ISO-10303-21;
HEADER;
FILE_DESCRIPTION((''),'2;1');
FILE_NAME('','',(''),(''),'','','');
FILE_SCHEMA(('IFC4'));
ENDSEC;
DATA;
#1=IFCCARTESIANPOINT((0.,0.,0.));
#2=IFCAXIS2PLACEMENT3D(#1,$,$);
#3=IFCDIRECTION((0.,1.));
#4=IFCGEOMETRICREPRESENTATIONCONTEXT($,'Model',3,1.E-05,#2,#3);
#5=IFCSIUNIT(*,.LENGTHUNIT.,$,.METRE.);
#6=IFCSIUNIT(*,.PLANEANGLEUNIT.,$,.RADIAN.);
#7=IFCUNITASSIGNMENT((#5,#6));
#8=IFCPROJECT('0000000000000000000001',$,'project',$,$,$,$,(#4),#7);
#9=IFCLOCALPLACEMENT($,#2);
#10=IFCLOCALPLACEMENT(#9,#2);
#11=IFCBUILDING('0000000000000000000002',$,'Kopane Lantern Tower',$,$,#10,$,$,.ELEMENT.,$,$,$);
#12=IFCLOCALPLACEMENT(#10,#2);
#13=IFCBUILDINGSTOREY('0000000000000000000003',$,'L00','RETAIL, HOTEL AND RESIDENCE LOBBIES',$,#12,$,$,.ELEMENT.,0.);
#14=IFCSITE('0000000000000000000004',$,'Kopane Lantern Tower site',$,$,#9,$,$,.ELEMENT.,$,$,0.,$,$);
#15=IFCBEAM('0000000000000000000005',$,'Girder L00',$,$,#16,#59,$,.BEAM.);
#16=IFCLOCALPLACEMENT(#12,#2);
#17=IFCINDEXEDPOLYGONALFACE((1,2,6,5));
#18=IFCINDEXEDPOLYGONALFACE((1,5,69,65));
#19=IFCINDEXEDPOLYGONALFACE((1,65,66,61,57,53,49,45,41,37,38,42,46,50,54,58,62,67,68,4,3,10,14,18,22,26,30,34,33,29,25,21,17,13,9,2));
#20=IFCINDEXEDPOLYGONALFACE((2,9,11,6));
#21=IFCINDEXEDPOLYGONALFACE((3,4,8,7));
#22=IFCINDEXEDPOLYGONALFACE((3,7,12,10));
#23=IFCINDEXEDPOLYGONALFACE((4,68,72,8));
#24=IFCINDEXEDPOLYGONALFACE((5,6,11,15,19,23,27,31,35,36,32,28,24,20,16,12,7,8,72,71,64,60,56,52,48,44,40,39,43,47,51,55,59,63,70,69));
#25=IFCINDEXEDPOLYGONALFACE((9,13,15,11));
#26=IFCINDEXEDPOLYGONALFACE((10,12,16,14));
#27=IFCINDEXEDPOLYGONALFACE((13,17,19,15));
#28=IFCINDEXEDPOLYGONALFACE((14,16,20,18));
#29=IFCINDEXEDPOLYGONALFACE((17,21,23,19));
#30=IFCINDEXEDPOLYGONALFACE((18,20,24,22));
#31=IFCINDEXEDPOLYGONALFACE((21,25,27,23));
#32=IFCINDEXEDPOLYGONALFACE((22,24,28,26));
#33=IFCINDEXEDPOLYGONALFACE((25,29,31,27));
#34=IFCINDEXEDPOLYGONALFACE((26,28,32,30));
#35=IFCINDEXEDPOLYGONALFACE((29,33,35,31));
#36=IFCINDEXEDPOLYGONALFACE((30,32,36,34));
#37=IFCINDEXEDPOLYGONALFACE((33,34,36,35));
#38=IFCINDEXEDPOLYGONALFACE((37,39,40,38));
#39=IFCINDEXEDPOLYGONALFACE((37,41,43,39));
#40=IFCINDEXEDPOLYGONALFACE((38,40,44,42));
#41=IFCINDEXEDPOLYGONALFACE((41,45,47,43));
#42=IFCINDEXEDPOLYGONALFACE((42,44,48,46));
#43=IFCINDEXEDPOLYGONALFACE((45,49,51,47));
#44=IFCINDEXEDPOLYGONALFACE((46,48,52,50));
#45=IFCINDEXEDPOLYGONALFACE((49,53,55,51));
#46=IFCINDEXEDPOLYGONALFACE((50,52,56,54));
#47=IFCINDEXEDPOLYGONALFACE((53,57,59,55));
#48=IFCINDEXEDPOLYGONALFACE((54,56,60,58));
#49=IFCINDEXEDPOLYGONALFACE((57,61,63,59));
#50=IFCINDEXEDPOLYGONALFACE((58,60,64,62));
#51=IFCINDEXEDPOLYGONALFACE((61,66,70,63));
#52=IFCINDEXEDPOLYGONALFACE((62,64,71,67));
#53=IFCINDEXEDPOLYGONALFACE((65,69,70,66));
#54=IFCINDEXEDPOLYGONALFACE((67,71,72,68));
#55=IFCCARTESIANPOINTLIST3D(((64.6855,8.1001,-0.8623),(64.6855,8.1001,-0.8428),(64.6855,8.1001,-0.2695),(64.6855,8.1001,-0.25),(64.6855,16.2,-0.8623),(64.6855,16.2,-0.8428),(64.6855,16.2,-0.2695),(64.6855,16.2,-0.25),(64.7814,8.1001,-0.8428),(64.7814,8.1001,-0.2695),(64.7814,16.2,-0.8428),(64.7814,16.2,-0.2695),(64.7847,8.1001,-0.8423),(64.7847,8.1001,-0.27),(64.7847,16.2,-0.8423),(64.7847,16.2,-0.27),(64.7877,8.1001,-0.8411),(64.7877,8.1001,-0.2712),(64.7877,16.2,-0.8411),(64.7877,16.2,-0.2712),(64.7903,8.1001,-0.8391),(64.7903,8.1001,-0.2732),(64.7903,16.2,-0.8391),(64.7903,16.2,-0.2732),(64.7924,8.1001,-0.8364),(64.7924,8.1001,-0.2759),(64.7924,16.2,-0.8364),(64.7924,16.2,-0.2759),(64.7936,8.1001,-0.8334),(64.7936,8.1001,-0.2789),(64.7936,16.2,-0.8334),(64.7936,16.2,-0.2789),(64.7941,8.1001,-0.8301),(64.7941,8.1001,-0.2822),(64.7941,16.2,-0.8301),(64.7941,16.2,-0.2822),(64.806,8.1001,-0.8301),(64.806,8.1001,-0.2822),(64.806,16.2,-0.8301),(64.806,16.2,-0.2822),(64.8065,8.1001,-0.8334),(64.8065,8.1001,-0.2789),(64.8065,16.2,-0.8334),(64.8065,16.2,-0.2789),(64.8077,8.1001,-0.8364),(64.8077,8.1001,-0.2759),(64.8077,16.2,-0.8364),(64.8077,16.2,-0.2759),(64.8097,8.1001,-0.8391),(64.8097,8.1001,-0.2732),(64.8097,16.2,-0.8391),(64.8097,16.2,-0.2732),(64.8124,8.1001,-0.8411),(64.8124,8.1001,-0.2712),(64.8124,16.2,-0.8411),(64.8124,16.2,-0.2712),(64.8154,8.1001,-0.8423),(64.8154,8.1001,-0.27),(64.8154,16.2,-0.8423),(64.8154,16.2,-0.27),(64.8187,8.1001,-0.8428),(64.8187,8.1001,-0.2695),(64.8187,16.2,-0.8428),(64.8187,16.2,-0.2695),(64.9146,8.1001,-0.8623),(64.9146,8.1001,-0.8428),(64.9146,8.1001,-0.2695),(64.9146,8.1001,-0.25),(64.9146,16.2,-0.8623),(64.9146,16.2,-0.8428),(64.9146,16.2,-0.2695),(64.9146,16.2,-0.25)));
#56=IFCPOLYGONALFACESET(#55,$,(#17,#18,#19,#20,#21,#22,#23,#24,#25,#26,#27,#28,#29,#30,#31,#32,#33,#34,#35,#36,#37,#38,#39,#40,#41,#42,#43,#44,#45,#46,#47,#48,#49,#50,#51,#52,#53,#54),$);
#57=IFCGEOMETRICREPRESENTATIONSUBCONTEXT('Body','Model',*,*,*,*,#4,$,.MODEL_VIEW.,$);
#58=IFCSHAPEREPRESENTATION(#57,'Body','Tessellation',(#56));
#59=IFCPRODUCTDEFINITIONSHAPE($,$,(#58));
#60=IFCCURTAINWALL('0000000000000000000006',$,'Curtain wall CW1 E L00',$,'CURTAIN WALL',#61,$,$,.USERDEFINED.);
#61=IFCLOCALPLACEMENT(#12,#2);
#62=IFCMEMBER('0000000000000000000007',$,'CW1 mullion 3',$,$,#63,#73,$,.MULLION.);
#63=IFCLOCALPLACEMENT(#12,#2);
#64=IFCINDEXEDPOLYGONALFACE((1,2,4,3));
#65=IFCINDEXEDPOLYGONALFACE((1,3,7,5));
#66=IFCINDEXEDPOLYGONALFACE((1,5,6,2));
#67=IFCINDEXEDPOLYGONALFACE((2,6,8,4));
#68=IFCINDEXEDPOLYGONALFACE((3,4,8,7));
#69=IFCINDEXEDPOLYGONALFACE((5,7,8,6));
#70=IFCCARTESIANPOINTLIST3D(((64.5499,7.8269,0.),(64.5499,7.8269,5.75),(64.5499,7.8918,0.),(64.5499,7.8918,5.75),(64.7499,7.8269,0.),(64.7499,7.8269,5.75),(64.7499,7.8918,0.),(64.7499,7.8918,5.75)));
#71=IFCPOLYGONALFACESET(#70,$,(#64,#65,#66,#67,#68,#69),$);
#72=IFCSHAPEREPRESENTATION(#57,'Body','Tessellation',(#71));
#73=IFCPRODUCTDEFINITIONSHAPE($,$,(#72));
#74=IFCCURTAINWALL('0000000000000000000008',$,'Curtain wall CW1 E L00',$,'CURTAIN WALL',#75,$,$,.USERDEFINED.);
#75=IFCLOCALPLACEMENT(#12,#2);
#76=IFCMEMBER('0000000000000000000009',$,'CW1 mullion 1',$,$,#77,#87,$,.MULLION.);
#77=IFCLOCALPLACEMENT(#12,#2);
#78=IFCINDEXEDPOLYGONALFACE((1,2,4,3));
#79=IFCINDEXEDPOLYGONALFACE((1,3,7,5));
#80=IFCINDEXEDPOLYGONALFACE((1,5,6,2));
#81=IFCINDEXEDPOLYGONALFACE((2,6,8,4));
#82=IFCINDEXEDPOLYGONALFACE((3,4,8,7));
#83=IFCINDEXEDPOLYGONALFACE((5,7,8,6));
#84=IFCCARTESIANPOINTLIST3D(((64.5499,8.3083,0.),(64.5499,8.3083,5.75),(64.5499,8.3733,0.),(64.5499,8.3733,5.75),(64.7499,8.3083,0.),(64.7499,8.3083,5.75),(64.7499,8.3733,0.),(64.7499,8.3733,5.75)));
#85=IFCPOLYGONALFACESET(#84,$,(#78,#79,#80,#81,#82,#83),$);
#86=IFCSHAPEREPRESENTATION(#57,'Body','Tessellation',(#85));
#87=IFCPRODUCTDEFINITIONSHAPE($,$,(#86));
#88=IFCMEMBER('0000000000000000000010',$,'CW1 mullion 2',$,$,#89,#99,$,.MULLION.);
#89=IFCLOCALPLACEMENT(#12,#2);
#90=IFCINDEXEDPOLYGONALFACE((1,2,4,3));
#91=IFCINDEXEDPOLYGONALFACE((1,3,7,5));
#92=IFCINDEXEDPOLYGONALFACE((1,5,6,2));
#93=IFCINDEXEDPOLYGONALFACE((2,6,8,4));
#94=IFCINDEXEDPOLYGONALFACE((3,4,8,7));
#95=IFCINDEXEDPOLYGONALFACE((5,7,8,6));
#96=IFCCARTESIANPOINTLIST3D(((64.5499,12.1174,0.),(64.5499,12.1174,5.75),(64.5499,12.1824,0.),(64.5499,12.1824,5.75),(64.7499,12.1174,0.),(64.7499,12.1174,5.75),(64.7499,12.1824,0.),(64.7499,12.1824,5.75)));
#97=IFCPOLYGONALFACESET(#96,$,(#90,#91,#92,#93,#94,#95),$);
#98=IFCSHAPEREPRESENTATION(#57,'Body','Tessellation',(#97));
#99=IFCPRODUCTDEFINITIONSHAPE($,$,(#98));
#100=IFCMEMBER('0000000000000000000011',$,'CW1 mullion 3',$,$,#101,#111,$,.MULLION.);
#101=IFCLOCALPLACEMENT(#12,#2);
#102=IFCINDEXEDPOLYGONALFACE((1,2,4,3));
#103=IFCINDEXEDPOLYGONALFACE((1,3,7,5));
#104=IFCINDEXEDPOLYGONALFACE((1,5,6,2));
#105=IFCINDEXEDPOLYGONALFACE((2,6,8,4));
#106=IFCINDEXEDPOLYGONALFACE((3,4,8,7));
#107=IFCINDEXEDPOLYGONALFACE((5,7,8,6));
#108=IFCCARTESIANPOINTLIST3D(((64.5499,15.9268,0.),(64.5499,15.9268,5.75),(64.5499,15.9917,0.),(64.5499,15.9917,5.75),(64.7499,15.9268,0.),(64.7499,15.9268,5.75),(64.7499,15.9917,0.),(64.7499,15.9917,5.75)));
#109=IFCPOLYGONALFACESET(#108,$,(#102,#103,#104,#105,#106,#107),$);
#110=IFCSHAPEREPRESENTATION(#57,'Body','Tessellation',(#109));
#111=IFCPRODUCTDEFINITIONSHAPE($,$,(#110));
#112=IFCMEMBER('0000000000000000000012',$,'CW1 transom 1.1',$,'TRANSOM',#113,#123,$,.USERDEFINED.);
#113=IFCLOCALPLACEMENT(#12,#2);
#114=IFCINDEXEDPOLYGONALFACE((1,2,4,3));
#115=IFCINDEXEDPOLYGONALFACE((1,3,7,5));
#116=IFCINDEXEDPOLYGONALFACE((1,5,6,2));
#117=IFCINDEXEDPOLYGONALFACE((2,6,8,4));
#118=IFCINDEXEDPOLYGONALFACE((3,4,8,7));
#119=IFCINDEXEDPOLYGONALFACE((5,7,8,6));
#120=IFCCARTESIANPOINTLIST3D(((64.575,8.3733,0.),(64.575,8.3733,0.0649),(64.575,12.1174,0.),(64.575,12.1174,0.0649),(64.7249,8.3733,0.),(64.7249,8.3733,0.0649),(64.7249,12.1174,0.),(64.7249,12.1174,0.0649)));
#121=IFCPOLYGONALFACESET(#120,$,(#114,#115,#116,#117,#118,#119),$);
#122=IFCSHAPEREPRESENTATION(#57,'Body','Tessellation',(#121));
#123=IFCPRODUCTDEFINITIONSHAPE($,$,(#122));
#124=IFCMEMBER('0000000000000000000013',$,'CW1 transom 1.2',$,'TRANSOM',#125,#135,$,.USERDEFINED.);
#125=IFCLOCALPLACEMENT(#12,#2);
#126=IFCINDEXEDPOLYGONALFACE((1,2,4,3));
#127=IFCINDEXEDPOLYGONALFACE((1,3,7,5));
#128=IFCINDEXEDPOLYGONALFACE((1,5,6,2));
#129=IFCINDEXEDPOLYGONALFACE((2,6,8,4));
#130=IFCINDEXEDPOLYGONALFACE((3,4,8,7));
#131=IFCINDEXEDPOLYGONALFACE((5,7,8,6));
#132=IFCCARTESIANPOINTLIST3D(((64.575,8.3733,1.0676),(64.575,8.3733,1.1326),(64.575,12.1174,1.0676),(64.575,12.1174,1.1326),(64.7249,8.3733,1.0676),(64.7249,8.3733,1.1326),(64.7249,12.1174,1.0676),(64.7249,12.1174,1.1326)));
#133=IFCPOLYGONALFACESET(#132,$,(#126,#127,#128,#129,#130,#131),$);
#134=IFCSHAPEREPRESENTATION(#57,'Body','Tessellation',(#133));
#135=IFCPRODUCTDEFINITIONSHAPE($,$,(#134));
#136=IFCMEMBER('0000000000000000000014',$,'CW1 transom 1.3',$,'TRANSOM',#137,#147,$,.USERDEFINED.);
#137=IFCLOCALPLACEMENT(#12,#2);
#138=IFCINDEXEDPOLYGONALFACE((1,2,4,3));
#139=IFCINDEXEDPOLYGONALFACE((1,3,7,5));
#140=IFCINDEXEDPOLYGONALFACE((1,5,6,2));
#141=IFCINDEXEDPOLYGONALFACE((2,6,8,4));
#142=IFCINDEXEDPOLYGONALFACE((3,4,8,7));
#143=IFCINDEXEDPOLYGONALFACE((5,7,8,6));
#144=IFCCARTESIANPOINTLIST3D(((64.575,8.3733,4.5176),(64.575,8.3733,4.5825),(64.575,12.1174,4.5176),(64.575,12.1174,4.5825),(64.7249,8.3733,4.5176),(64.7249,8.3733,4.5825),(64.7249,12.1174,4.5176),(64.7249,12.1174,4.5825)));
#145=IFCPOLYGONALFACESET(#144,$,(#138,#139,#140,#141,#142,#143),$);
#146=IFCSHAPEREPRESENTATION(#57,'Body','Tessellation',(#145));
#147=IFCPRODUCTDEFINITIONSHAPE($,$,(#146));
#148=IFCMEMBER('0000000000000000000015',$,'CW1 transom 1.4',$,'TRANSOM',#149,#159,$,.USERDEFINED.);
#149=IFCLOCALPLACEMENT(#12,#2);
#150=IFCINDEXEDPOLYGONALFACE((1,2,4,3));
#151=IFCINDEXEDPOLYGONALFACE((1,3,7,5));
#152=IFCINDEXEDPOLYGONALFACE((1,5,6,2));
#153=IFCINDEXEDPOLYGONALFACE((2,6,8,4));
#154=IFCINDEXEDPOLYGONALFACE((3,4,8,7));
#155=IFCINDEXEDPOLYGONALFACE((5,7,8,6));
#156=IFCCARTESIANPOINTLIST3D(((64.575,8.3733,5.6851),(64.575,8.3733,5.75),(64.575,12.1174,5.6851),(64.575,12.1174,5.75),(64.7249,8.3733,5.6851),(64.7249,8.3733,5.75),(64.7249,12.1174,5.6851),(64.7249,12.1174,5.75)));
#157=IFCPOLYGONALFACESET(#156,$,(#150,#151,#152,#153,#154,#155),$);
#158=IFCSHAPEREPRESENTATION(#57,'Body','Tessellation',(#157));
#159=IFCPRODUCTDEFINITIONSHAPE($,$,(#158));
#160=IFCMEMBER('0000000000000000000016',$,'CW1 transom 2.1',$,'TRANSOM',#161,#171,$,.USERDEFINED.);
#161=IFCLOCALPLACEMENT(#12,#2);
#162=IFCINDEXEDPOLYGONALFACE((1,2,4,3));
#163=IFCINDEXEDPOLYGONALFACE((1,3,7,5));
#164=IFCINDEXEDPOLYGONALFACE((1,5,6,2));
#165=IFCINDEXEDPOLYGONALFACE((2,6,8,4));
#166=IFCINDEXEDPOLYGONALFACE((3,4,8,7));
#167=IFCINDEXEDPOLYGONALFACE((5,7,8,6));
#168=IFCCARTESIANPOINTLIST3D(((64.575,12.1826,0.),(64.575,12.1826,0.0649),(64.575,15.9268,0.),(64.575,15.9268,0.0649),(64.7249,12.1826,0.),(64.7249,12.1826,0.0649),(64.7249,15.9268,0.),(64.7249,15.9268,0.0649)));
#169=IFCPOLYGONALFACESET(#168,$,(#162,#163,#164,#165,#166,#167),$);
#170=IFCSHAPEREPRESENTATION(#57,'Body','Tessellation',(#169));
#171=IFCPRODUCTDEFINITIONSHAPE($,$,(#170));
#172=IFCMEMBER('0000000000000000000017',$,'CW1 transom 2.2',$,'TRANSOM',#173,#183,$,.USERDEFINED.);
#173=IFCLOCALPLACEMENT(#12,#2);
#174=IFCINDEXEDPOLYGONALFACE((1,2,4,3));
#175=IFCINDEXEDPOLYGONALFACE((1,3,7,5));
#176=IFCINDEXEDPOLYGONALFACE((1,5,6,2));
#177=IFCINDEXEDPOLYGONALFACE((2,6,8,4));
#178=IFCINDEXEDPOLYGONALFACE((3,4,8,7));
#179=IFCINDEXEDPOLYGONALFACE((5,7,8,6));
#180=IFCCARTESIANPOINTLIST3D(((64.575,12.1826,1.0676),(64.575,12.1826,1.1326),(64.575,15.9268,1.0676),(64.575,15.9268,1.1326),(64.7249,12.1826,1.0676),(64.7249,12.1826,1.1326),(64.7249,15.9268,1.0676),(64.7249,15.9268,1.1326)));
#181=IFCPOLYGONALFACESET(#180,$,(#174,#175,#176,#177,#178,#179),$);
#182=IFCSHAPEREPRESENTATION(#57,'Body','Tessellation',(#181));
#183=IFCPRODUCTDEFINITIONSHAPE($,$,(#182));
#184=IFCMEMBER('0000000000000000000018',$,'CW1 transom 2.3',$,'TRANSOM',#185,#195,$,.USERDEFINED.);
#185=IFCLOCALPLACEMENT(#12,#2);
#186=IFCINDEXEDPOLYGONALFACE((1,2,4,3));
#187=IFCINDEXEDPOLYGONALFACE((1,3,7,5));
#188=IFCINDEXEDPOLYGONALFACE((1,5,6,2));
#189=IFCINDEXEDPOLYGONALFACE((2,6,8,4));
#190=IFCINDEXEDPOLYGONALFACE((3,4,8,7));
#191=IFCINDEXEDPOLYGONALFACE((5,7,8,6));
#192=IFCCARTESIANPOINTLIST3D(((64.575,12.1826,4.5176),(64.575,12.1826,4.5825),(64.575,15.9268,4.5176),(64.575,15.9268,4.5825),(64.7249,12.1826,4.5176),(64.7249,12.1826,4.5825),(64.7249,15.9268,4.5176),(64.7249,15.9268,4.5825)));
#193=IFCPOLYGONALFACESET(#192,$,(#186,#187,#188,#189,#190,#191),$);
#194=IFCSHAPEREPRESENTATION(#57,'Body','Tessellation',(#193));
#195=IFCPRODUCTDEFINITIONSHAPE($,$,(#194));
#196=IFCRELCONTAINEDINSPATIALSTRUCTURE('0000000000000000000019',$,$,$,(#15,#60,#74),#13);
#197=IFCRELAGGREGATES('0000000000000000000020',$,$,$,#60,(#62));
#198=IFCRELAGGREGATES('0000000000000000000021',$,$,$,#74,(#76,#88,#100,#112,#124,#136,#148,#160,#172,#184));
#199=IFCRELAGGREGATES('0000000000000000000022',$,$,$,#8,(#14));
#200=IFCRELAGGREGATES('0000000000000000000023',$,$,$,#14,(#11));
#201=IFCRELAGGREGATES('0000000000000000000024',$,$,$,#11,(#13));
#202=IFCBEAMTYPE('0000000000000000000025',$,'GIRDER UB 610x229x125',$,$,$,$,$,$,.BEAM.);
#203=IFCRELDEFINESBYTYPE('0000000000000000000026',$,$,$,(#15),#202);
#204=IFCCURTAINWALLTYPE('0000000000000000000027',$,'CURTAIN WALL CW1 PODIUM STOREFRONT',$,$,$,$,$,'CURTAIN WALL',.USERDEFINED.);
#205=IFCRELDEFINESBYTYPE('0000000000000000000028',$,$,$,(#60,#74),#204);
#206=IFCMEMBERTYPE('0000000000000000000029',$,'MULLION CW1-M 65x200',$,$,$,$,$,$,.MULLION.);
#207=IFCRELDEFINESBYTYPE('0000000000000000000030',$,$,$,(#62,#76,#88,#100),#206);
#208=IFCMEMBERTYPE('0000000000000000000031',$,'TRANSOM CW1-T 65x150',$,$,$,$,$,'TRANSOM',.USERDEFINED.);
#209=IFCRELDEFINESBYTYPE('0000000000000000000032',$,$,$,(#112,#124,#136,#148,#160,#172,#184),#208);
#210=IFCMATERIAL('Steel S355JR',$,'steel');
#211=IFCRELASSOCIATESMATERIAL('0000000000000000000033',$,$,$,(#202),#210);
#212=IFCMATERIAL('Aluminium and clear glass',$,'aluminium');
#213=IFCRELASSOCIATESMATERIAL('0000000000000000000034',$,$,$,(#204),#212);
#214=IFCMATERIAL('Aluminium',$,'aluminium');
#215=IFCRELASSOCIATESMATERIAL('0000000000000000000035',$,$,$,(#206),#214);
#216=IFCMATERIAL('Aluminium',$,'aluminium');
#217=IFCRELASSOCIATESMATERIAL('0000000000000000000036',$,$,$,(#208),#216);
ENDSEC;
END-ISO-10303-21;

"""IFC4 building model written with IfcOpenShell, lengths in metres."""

from ifc_helpers import new_model, si_unit, direction, frame, origin, origin_2d, place, context, subcontext, project, spatial, rectangle, i_section, extrude, material, material_profile, profile_set, type_object, element, aggregate, save


model = new_model("IFC4")

# Units and contexts
model_context = context("Model", 3, precision=1e-05, world=origin(), true_north=direction((0.0, 1.0)))
body_context = subcontext(model_context, "Body", "Model", "MODEL_VIEW")
ifc_project = project(units=[si_unit("LENGTHUNIT", "METRE"), si_unit("PLANEANGLEUNIT", "RADIAN")], contexts=[model_context])

# Site, building, storey
site_placement = place(None, origin())
site = spatial("IfcSite", under=ifc_project, at=site_placement, Name="Kopane Lantern Tower site", CompositionType="ELEMENT", RefElevation=0.0)
building_placement = place(site_placement, origin())
building = spatial("IfcBuilding", under=site, at=building_placement, Name="Kopane Lantern Tower", CompositionType="ELEMENT")
storey_placement = place(building_placement, origin())
storey = spatial("IfcBuildingStorey", under=building, at=storey_placement, Name="L00", Description="RETAIL, HOTEL AND RESIDENCE LOBBIES", CompositionType="ELEMENT", Elevation=0.0)

# Beam
ifc_material_1 = material(Name="Steel S355JR", Category="steel")
ifc_material_profile_1 = material_profile(ifc_material_1, i_section(OverallWidth=0.229, OverallDepth=0.6123, WebThickness=0.012, FlangeThickness=0.0195, FilletRadius=0.0127, at=origin_2d()), Name="UB 610x229x125")
ifc_profile_set_1 = profile_set([ifc_material_profile_1], Name="Steel S355JR")
beam_type = type_object("IfcBeamType", Name="GIRDER UB 610x229x125", PredefinedType="BEAM", material=ifc_profile_set_1)
beam_1_placement = place(storey_placement, frame((64.8, 8.1001, -0.5562), z_axis=(0.0, 1.0, 0.0), x_axis=(-1.0, 0.0, 0.0)))
element("IfcBeam", 1, at=beam_1_placement, inside=storey, type_object=beam_type, Name="Girder L00", PredefinedType="BEAM", context=body_context, shape_type="SweptSolid", body=[
    extrude(i_section(OverallWidth=0.229, OverallDepth=0.6123, WebThickness=0.012, FlangeThickness=0.0195, FilletRadius=0.0127, at=origin_2d()), origin(), (0.0, 0.0, 1.0), 8.0999),
])

# Curtain wall, member
ifc_material_2 = material(Name="Aluminium and clear glass", Category="aluminium")
curtain_wall_type = type_object("IfcCurtainWallType", Name="CURTAIN WALL CW1 PODIUM STOREFRONT", ElementType="CURTAIN WALL", PredefinedType="USERDEFINED", material=ifc_material_2)
curtain_wall_1_placement = place(storey_placement, origin())
curtain_wall_1 = element("IfcCurtainWall", 2, at=curtain_wall_1_placement, inside=storey, type_object=curtain_wall_type, Name="Curtain wall CW1 E L00", ObjectType="CURTAIN WALL", PredefinedType="USERDEFINED")
ifc_material_3 = material(Name="Aluminium", Category="aluminium")
ifc_material_profile_2 = material_profile(ifc_material_3, rectangle(XDim=0.0649, YDim=0.2, at=origin_2d()), Name="AL 65x200")
ifc_profile_set_2 = profile_set([ifc_material_profile_2], Name="Aluminium")
member_type_1 = type_object("IfcMemberType", Name="MULLION CW1-M 65x200", PredefinedType="MULLION", material=ifc_profile_set_2)
member_1_placement = place(storey_placement, frame((64.6499, 7.8594, 0.0), z_axis=(0.0, 0.0, 1.0), x_axis=(0.0, 1.0, 0.0)))
member_1 = element("IfcMember", 3, at=member_1_placement, type_object=member_type_1, Name="CW1 mullion 3", PredefinedType="MULLION", context=body_context, shape_type="SweptSolid", body=[
    extrude(rectangle(XDim=0.0649, YDim=0.2, at=origin_2d()), origin(), (0.0, 0.0, 1.0), 5.75),
])

# Curtain wall, members
curtain_wall_2_placement = place(storey_placement, origin())
curtain_wall_2 = element("IfcCurtainWall", 4, at=curtain_wall_2_placement, inside=storey, type_object=curtain_wall_type, Name="Curtain wall CW1 E L00", ObjectType="CURTAIN WALL", PredefinedType="USERDEFINED")
member_2_placement = place(storey_placement, frame((64.6499, 8.3408, 0.0), z_axis=(0.0, 0.0, 1.0), x_axis=(0.0, 1.0, 0.0)))
member_2 = element("IfcMember", 5, at=member_2_placement, type_object=member_type_1, Name="CW1 mullion 1", PredefinedType="MULLION", context=body_context, shape_type="SweptSolid", body=[
    extrude(rectangle(XDim=0.0649, YDim=0.2, at=origin_2d()), origin(), (0.0, 0.0, 1.0), 5.75),
])
member_3_placement = place(storey_placement, frame((64.6499, 12.1499, 0.0), z_axis=(0.0, 0.0, 1.0), x_axis=(0.0, 1.0, 0.0)))
member_3 = element("IfcMember", 6, at=member_3_placement, type_object=member_type_1, Name="CW1 mullion 2", PredefinedType="MULLION", context=body_context, shape_type="SweptSolid", body=[
    extrude(rectangle(XDim=0.0649, YDim=0.2, at=origin_2d()), origin(), (0.0, 0.0, 1.0), 5.75),
])
member_4_placement = place(storey_placement, frame((64.6499, 15.9592, 0.0), z_axis=(0.0, 0.0, 1.0), x_axis=(0.0, 1.0, 0.0)))
member_4 = element("IfcMember", 7, at=member_4_placement, type_object=member_type_1, Name="CW1 mullion 3", PredefinedType="MULLION", context=body_context, shape_type="SweptSolid", body=[
    extrude(rectangle(XDim=0.0649, YDim=0.2, at=origin_2d()), origin(), (0.0, 0.0, 1.0), 5.75),
])
ifc_material_4 = material(Name="Aluminium", Category="aluminium")
ifc_material_profile_3 = material_profile(ifc_material_4, rectangle(XDim=0.1499, YDim=0.0649, at=origin_2d()), Name="AL 150x65")
ifc_profile_set_3 = profile_set([ifc_material_profile_3], Name="Aluminium")
member_type_2 = type_object("IfcMemberType", Name="TRANSOM CW1-T 65x150", ElementType="TRANSOM", PredefinedType="USERDEFINED", material=ifc_profile_set_3)
member_5_placement = place(storey_placement, frame((64.6499, 8.3733, 0.0325), z_axis=(0.0, 1.0, 0.0), x_axis=(-1.0, 0.0, 0.0)))
member_5 = element("IfcMember", 8, at=member_5_placement, type_object=member_type_2, Name="CW1 transom 1.1", ObjectType="TRANSOM", PredefinedType="USERDEFINED", context=body_context, shape_type="SweptSolid", body=[
    extrude(rectangle(XDim=0.1499, YDim=0.0649, at=origin_2d()), origin(), (0.0, 0.0, 1.0), 3.7441),
])
member_6_placement = place(storey_placement, frame((64.6499, 8.3733, 1.1001), z_axis=(0.0, 1.0, 0.0), x_axis=(-1.0, 0.0, 0.0)))
member_6 = element("IfcMember", 9, at=member_6_placement, type_object=member_type_2, Name="CW1 transom 1.2", ObjectType="TRANSOM", PredefinedType="USERDEFINED", context=body_context, shape_type="SweptSolid", body=[
    extrude(rectangle(XDim=0.1499, YDim=0.0649, at=origin_2d()), origin(), (0.0, 0.0, 1.0), 3.7441),
])
member_7_placement = place(storey_placement, frame((64.6499, 8.3733, 4.55), z_axis=(0.0, 1.0, 0.0), x_axis=(-1.0, 0.0, 0.0)))
member_7 = element("IfcMember", 10, at=member_7_placement, type_object=member_type_2, Name="CW1 transom 1.3", ObjectType="TRANSOM", PredefinedType="USERDEFINED", context=body_context, shape_type="SweptSolid", body=[
    extrude(rectangle(XDim=0.1499, YDim=0.0649, at=origin_2d()), origin(), (0.0, 0.0, 1.0), 3.7441),
])
member_8_placement = place(storey_placement, frame((64.6499, 8.3733, 5.7175), z_axis=(0.0, 1.0, 0.0), x_axis=(-1.0, 0.0, 0.0)))
member_8 = element("IfcMember", 11, at=member_8_placement, type_object=member_type_2, Name="CW1 transom 1.4", ObjectType="TRANSOM", PredefinedType="USERDEFINED", context=body_context, shape_type="SweptSolid", body=[
    extrude(rectangle(XDim=0.1499, YDim=0.0649, at=origin_2d()), origin(), (0.0, 0.0, 1.0), 3.7441),
])
member_9_placement = place(storey_placement, frame((64.6499, 12.1826, 0.0325), z_axis=(0.0, 1.0, 0.0), x_axis=(-1.0, 0.0, 0.0)))
member_9 = element("IfcMember", 12, at=member_9_placement, type_object=member_type_2, Name="CW1 transom 2.1", ObjectType="TRANSOM", PredefinedType="USERDEFINED", context=body_context, shape_type="SweptSolid", body=[
    extrude(rectangle(XDim=0.1499, YDim=0.0649, at=origin_2d()), origin(), (0.0, 0.0, 1.0), 3.7441),
])
member_10_placement = place(storey_placement, frame((64.6499, 12.1826, 1.1001), z_axis=(0.0, 1.0, 0.0), x_axis=(-1.0, 0.0, 0.0)))
member_10 = element("IfcMember", 13, at=member_10_placement, type_object=member_type_2, Name="CW1 transom 2.2", ObjectType="TRANSOM", PredefinedType="USERDEFINED", context=body_context, shape_type="SweptSolid", body=[
    extrude(rectangle(XDim=0.1499, YDim=0.0649, at=origin_2d()), origin(), (0.0, 0.0, 1.0), 3.7441),
])
member_11_placement = place(storey_placement, frame((64.6499, 12.1826, 4.55), z_axis=(0.0, 1.0, 0.0), x_axis=(-1.0, 0.0, 0.0)))
member_11 = element("IfcMember", 14, at=member_11_placement, type_object=member_type_2, Name="CW1 transom 2.3", ObjectType="TRANSOM", PredefinedType="USERDEFINED", context=body_context, shape_type="SweptSolid", body=[
    extrude(rectangle(XDim=0.1499, YDim=0.0649, at=origin_2d()), origin(), (0.0, 0.0, 1.0), 3.7441),
])

aggregate(curtain_wall_1, [member_1])
aggregate(curtain_wall_2, [member_2, member_3, member_4, member_5, member_6, member_7, member_8, member_9, member_10, member_11])

save(model, "model.ifc")
